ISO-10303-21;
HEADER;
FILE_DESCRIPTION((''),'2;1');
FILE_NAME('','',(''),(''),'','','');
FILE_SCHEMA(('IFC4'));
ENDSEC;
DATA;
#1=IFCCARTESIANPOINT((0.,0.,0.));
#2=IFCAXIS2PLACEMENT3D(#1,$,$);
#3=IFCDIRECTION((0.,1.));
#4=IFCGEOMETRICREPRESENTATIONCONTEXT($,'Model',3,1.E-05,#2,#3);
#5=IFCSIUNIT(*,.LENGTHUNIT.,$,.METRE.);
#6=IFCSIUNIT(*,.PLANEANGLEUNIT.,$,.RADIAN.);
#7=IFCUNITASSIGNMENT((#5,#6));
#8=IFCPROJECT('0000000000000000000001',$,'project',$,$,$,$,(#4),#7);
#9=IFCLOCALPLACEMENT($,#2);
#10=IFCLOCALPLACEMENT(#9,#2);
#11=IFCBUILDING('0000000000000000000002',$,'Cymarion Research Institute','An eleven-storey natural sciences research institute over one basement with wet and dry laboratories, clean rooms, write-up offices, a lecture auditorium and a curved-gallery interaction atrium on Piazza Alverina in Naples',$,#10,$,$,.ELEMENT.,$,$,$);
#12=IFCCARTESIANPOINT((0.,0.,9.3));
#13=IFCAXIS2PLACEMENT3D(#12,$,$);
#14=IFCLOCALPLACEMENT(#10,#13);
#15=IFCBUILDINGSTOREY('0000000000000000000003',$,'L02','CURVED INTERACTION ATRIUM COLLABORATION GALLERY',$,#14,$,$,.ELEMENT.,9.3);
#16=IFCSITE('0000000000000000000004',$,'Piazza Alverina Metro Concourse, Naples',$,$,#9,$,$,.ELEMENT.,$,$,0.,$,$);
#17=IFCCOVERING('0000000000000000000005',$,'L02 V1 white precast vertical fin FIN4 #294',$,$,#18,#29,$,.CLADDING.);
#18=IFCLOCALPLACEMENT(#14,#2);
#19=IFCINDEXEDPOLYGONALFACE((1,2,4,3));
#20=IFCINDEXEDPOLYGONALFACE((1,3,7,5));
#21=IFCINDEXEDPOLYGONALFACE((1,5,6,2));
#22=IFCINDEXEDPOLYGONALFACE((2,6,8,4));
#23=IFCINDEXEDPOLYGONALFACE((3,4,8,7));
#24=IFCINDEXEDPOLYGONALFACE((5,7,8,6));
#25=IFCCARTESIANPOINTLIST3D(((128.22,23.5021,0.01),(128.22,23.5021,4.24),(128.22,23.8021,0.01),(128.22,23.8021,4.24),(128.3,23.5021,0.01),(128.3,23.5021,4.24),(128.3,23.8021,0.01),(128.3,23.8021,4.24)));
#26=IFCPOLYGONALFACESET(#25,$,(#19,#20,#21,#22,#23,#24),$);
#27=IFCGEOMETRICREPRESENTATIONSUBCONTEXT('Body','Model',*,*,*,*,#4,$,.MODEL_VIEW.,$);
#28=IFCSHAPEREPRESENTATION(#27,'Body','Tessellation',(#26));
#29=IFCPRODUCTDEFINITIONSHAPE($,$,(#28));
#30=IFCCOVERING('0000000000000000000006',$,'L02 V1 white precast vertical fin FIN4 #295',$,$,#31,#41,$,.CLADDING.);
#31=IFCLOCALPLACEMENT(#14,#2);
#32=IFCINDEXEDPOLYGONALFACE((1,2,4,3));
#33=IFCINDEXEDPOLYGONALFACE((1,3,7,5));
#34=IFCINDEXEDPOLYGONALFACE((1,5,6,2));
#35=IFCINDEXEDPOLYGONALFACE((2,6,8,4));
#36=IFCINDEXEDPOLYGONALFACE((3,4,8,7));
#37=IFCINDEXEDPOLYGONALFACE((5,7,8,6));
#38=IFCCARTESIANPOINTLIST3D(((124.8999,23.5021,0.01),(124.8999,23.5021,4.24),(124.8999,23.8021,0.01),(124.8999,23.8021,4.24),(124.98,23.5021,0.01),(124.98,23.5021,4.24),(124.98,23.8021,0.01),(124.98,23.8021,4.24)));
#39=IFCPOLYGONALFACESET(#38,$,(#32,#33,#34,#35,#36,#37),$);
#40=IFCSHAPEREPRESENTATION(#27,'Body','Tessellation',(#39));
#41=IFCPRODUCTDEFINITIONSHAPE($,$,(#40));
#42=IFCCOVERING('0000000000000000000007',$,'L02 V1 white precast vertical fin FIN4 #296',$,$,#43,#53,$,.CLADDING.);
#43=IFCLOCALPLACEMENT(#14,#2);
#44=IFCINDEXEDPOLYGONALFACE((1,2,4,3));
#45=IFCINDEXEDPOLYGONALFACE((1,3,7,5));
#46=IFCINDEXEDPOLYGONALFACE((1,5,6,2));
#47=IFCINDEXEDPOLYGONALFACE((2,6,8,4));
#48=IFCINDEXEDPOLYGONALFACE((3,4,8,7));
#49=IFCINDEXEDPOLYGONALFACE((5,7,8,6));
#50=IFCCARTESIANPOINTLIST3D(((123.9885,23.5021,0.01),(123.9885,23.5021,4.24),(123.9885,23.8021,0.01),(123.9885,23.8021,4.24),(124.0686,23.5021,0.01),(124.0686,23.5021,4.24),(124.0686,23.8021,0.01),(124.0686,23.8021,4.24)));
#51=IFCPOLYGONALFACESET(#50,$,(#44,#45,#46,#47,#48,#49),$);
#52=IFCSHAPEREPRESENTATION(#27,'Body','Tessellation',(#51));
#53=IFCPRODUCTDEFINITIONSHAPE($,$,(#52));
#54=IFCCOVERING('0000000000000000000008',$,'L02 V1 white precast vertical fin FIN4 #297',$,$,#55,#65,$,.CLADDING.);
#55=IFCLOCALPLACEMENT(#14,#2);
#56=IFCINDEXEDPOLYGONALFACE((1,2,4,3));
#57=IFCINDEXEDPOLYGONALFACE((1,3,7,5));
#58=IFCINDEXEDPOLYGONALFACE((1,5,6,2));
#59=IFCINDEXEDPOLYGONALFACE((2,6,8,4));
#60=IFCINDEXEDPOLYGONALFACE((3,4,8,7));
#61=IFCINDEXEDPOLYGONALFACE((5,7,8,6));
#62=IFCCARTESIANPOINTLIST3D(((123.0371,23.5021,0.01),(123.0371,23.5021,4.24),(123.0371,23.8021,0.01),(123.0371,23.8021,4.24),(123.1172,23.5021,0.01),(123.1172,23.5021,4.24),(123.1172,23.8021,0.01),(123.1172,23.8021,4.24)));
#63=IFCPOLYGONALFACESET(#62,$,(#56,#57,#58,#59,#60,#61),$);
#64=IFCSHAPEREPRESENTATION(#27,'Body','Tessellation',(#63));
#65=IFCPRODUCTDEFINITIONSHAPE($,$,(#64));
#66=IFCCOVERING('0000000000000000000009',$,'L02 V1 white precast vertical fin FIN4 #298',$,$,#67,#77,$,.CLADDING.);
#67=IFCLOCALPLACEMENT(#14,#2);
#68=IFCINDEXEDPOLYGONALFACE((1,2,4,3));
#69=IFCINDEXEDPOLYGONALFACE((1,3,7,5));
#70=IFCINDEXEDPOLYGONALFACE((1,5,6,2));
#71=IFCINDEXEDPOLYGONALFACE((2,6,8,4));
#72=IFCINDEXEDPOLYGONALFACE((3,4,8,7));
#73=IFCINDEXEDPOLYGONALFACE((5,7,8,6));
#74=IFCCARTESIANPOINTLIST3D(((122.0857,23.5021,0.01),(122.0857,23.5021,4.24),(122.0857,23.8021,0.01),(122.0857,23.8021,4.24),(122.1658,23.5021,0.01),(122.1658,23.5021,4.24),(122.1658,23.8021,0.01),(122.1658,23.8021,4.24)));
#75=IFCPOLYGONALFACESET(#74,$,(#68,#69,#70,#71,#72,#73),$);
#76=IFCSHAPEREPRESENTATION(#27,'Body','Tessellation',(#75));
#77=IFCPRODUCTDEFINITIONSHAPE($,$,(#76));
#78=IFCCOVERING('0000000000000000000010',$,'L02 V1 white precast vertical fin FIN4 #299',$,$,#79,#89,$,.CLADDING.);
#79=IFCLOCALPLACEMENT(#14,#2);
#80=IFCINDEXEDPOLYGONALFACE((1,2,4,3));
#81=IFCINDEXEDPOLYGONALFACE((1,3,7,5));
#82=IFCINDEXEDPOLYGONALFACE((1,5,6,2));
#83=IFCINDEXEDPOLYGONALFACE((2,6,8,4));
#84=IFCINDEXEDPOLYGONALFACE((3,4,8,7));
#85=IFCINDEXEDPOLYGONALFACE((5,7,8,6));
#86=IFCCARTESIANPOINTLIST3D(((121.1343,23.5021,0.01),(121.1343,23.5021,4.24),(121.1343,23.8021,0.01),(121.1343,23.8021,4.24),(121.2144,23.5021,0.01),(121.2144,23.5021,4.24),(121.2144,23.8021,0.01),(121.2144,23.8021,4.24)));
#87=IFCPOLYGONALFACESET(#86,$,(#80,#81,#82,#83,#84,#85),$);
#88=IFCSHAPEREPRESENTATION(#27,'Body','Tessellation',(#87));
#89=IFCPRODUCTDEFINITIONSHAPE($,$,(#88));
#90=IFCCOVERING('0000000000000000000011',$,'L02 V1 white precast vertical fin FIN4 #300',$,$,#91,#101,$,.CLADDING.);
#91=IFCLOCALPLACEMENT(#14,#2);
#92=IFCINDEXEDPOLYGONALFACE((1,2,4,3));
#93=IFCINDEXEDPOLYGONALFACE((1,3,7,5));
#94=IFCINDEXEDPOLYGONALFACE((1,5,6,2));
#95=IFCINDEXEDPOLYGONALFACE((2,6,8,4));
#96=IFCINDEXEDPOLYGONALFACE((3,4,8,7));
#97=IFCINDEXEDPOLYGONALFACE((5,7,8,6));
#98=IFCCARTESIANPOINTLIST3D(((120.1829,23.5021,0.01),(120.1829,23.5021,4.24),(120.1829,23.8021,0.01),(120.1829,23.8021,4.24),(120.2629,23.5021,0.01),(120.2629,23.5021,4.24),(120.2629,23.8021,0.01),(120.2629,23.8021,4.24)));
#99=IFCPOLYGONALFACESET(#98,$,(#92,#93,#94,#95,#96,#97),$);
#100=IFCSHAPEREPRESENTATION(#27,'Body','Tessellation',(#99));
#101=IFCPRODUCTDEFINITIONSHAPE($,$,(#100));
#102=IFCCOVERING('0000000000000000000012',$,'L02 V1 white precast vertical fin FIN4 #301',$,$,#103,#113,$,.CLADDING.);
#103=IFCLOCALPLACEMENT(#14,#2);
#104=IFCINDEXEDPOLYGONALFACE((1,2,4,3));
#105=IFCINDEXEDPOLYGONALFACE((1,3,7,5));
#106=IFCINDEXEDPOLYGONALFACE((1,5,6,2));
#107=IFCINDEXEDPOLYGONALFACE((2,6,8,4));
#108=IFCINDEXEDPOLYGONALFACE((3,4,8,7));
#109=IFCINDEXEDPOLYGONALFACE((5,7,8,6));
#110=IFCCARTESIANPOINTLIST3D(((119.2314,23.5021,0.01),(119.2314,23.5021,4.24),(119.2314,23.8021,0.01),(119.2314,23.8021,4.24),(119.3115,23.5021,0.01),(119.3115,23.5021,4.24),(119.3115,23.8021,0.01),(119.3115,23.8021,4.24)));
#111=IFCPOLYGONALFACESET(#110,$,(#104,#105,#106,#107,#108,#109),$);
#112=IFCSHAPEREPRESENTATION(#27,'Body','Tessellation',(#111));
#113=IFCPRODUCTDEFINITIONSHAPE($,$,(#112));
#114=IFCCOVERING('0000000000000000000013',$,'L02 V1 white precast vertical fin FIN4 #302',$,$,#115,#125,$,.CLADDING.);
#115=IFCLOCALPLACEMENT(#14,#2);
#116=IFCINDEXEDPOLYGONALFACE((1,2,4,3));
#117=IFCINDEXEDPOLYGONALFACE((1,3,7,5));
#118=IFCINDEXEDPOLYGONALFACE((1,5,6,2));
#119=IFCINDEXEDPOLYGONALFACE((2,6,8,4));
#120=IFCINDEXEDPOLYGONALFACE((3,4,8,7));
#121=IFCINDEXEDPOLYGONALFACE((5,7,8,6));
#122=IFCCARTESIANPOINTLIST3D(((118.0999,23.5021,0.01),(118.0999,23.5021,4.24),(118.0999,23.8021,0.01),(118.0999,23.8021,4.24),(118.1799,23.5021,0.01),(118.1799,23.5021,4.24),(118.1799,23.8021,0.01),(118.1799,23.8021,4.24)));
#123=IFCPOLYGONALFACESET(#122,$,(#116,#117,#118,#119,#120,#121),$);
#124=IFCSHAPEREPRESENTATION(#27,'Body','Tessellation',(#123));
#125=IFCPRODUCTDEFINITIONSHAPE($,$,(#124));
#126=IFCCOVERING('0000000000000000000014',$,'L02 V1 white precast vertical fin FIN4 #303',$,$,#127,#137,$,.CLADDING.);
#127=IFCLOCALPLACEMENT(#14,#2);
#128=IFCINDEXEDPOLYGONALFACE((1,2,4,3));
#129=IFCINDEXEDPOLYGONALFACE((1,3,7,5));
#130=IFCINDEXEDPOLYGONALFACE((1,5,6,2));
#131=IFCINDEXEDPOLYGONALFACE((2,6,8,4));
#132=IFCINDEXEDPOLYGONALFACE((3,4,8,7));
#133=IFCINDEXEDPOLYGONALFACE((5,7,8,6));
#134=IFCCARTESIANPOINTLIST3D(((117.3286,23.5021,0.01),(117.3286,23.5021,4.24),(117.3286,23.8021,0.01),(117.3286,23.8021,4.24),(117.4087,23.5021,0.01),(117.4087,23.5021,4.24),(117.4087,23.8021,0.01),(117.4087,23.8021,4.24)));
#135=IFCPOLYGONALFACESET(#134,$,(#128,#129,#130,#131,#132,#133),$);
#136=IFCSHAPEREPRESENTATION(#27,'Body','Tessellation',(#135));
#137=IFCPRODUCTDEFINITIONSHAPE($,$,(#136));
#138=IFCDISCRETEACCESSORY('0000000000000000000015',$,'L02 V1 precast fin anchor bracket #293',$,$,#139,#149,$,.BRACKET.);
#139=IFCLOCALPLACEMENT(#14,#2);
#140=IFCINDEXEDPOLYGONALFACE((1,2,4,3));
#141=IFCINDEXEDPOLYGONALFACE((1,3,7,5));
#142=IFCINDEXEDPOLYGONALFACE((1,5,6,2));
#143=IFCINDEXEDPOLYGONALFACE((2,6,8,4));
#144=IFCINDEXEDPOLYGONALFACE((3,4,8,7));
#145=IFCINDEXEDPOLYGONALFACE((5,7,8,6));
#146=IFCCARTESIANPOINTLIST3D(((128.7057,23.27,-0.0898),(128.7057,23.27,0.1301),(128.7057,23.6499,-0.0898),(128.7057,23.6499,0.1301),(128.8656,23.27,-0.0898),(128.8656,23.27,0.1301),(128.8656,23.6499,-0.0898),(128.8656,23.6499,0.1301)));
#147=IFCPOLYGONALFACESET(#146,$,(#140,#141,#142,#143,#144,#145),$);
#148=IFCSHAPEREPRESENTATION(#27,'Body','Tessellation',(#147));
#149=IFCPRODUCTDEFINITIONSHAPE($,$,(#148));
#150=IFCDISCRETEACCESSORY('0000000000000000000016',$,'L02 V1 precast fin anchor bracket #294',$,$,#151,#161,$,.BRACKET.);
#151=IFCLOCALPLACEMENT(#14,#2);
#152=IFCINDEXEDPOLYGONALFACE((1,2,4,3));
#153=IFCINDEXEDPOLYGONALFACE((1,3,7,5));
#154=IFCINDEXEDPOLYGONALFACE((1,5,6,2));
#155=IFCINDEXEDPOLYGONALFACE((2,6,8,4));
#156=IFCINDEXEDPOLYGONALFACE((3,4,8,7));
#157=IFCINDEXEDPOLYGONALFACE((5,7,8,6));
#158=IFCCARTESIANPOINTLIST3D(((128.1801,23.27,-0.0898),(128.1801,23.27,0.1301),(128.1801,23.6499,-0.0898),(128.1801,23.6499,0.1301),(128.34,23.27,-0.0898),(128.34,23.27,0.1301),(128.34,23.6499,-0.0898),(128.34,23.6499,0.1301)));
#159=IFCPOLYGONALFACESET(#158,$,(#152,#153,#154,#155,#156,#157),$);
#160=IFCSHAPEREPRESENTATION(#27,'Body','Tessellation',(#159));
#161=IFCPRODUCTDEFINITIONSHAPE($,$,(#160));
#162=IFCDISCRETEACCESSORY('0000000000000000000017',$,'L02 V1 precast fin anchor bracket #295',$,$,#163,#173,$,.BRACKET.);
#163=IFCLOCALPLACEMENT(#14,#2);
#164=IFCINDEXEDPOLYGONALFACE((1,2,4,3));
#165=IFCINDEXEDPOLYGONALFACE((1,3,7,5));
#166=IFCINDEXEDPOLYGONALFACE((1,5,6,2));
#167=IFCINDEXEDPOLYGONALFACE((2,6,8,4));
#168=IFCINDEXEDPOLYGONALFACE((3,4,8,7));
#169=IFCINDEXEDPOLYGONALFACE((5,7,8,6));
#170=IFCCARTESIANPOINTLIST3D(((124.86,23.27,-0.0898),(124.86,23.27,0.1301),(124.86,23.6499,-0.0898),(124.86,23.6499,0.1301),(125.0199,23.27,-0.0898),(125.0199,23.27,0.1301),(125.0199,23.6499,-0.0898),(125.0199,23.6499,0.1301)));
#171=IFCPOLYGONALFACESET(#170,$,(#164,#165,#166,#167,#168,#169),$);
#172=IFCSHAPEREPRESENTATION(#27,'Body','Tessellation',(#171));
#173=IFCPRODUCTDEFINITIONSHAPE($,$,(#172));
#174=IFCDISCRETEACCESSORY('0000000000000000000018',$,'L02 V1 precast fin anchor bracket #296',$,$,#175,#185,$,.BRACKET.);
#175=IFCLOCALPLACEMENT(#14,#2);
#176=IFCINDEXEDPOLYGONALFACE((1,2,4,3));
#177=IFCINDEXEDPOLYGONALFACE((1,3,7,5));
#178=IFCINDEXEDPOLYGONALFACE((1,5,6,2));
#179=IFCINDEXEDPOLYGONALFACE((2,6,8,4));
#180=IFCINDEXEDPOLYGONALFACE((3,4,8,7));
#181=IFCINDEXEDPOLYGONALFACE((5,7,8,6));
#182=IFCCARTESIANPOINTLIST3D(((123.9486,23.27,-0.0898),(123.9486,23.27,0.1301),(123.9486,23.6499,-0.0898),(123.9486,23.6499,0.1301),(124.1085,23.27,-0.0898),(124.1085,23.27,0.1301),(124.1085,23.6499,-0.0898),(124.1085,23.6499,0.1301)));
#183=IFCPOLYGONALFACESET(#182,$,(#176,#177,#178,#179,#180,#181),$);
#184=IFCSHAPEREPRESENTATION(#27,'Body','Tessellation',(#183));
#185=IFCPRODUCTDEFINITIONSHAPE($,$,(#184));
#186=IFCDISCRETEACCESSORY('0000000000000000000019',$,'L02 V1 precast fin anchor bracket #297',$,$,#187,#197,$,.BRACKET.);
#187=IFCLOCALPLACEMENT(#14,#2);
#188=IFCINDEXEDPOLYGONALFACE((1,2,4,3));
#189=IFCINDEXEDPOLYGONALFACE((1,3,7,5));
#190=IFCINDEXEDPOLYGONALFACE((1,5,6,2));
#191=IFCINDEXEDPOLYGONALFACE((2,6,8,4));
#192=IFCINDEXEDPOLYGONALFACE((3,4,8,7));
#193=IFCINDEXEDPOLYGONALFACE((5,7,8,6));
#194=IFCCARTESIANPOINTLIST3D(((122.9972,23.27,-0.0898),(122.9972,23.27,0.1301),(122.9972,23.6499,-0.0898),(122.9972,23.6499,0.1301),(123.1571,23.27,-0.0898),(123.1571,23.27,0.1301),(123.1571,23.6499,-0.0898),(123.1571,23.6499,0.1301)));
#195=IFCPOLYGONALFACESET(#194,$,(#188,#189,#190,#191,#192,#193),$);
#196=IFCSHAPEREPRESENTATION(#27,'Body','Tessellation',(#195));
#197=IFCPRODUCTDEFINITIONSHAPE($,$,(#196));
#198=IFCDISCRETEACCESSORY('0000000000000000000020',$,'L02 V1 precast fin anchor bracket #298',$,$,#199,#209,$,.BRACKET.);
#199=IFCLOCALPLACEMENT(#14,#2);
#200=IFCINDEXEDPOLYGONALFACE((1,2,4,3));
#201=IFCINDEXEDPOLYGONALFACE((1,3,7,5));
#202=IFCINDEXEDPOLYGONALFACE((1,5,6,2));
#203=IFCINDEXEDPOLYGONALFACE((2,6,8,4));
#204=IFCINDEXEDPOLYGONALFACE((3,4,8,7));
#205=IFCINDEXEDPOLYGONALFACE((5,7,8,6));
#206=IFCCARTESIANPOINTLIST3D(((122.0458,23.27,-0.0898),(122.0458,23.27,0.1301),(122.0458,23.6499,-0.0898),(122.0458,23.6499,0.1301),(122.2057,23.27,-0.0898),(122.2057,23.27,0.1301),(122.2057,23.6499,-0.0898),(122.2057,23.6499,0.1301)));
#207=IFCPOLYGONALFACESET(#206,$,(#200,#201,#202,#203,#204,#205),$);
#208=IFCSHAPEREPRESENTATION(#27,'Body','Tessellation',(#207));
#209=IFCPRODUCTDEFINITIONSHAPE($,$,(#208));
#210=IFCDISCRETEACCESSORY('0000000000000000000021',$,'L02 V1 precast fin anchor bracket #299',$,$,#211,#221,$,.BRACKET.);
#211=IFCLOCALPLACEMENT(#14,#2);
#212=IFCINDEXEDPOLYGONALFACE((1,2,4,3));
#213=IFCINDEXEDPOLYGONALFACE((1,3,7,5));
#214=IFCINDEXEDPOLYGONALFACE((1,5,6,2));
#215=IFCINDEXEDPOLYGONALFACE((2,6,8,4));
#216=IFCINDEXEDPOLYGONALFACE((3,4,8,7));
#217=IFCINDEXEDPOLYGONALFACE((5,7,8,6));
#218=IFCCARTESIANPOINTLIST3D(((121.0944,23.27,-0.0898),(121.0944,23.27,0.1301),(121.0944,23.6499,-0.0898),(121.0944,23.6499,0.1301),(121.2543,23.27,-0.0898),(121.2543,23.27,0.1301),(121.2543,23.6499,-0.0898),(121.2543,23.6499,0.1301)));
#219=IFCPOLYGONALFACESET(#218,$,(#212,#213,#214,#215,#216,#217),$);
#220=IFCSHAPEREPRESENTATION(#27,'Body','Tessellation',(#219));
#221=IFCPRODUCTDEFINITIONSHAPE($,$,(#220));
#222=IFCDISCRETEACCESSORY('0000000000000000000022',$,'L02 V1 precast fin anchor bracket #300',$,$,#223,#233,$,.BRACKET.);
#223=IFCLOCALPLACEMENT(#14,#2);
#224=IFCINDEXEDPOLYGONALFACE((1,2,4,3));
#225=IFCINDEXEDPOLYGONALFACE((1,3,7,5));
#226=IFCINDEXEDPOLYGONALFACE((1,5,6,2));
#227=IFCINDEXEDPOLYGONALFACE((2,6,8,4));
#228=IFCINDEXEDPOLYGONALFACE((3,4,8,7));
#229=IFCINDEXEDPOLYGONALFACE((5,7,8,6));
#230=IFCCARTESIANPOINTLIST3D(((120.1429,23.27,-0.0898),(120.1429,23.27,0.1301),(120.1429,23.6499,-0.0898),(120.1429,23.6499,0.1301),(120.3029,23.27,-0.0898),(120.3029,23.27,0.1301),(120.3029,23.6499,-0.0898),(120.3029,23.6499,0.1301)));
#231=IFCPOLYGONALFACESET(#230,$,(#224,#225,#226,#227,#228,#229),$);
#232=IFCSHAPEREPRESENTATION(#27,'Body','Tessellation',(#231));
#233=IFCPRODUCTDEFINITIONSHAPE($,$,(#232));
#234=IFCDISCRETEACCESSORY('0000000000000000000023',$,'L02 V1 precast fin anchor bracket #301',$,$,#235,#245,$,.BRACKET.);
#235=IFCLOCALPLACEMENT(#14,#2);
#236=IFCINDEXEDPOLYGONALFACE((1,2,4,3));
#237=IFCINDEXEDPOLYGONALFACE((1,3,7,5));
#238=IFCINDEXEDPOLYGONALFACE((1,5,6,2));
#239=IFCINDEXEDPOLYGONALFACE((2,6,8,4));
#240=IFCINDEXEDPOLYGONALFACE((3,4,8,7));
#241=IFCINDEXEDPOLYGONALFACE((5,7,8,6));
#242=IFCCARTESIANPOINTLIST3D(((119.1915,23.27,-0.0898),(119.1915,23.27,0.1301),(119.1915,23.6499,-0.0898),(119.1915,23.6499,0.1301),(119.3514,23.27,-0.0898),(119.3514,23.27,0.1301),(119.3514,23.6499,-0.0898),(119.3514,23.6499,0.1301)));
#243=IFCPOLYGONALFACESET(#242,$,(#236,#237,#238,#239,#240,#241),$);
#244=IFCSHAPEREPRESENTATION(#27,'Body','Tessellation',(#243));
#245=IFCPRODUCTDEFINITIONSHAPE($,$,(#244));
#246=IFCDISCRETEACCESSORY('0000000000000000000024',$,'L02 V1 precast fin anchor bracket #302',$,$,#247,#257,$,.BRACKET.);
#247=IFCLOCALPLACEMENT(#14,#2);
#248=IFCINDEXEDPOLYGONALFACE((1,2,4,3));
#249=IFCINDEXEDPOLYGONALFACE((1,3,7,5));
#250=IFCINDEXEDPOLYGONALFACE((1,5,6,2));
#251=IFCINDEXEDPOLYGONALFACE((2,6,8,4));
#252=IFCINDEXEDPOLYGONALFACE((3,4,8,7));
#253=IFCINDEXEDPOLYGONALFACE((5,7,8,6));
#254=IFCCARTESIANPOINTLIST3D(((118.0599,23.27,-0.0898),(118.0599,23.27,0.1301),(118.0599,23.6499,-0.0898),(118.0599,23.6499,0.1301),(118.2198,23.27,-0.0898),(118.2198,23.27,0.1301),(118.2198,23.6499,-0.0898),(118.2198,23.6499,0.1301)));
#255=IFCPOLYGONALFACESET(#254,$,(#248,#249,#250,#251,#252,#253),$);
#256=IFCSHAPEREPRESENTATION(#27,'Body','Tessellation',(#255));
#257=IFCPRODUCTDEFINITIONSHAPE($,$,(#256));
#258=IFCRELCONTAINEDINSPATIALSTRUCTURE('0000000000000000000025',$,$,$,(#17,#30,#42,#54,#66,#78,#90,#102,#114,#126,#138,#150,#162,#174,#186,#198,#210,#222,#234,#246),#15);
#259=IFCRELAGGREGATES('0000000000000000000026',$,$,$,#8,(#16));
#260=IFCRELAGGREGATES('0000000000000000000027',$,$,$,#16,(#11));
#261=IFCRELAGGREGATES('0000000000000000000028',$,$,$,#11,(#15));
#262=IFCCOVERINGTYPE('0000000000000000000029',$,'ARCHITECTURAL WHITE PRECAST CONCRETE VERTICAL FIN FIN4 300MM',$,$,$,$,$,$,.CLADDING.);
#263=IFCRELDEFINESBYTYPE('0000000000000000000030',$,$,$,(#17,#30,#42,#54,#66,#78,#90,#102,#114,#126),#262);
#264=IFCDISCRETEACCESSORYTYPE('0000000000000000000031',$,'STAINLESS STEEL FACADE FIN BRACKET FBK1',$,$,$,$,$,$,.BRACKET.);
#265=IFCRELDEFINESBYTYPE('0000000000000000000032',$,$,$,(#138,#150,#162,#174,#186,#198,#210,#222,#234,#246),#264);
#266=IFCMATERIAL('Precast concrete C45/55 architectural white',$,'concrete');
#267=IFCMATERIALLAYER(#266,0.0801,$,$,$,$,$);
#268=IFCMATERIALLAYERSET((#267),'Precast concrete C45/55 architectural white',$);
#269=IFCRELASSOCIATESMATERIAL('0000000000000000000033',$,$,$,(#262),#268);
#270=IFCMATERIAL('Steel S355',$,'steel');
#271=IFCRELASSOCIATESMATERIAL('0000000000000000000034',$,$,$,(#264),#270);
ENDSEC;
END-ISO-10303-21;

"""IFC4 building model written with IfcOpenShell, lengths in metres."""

from ifc_helpers import new_model, si_unit, direction, frame, origin, origin_2d, place, context, subcontext, project, spatial, rectangle, extrude, material, layer, layer_set, type_object, element, save


model = new_model("IFC4")

# Units and contexts
model_context = context("Model", 3, precision=1e-05, world=origin(), true_north=direction((0.0, 1.0)))
body_context = subcontext(model_context, "Body", "Model", "MODEL_VIEW")
ifc_project = project(units=[si_unit("LENGTHUNIT", "METRE"), si_unit("PLANEANGLEUNIT", "RADIAN")], contexts=[model_context])

# Site, building, storey
site_placement = place(None, origin())
site = spatial("IfcSite", under=ifc_project, at=site_placement, Name="Piazza Alverina Metro Concourse, Naples", CompositionType="ELEMENT", RefElevation=0.0)
building_placement = place(site_placement, origin())
building = spatial("IfcBuilding", under=site, at=building_placement, Name="Cymarion Research Institute", Description="An eleven-storey natural sciences research institute over one basement with wet and dry laboratories, clean rooms, write-up offices, a lecture auditorium and a curved-gallery interaction atrium on Piazza Alverina in Naples", CompositionType="ELEMENT")
storey_placement = place(building_placement, frame((0.0, 0.0, 9.3)))
storey = spatial("IfcBuildingStorey", under=building, at=storey_placement, Name="L02", Description="CURVED INTERACTION ATRIUM COLLABORATION GALLERY", CompositionType="ELEMENT", Elevation=9.3)

# Shared definitions
ifc_material_1 = material(Name="Steel S355", Category="steel")

# Coverings
ifc_material_2 = material(Name="Precast concrete C45/55 architectural white", Category="concrete")
ifc_layer = layer(ifc_material_2, 0.0801)
ifc_layer_set = layer_set([ifc_layer], Name="Precast concrete C45/55 architectural white")
covering_type = type_object("IfcCoveringType", Name="ARCHITECTURAL WHITE PRECAST CONCRETE VERTICAL FIN FIN4 300MM", PredefinedType="CLADDING", material=ifc_layer_set)
for number, where, z_axis, x_axis, name in (
    (1, (128.26, 23.6521, 0.01), (0.0, 0.0, 1.0), (0.0, 1.0, 0.0), "L02 V1 white precast vertical fin FIN4 #294"),
    (2, (124.9399, 23.6521, 0.01), (0.0, 0.0, 1.0), (0.0, 1.0, 0.0), "L02 V1 white precast vertical fin FIN4 #295"),
    (3, (124.0286, 23.6521, 0.01), (0.0, 0.0, 1.0), (0.0, 1.0, 0.0), "L02 V1 white precast vertical fin FIN4 #296"),
    (4, (123.0771, 23.6521, 0.01), (0.0, 0.0, 1.0), (0.0, 1.0, 0.0), "L02 V1 white precast vertical fin FIN4 #297"),
    (5, (122.1257, 23.6521, 0.01), (0.0, 0.0, 1.0), (0.0, 1.0, 0.0), "L02 V1 white precast vertical fin FIN4 #298"),
    (6, (121.1743, 23.6521, 0.01), (0.0, 0.0, 1.0), (0.0, 1.0, 0.0), "L02 V1 white precast vertical fin FIN4 #299"),
    (7, (120.2229, 23.6521, 0.01), (0.0, 0.0, 1.0), (0.0, 1.0, 0.0), "L02 V1 white precast vertical fin FIN4 #300"),
    (8, (119.2715, 23.6521, 0.01), (0.0, 0.0, 1.0), (0.0, 1.0, 0.0), "L02 V1 white precast vertical fin FIN4 #301"),
    (9, (118.1399, 23.6521, 0.01), (0.0, 0.0, 1.0), (0.0, 1.0, 0.0), "L02 V1 white precast vertical fin FIN4 #302"),
    (10, (117.3687, 23.6521, 0.01), (0.0, 0.0, 1.0), (0.0, 1.0, 0.0), "L02 V1 white precast vertical fin FIN4 #303"),
):
    element("IfcCovering", number, at=place(storey_placement, frame(where, z_axis=z_axis, x_axis=x_axis)), inside=storey, type_object=covering_type, Name=name, PredefinedType="CLADDING", context=body_context, shape_type="SweptSolid", body=[
        extrude(rectangle(XDim=0.3, YDim=0.0801, at=origin_2d()), origin(), (0.0, 0.0, 1.0), 4.23),
    ])

# Discrete accessories
discrete_accessory_type = type_object("IfcDiscreteAccessoryType", Name="STAINLESS STEEL FACADE FIN BRACKET FBK1", PredefinedType="BRACKET", material=ifc_material_1)
for number, where, z_axis, x_axis, name in (
    (11, (128.7856, 23.46, -0.0898), (0.0, 0.0, 1.0), (0.0, 1.0, 0.0), "L02 V1 precast fin anchor bracket #293"),
    (12, (128.26, 23.46, -0.0898), (0.0, 0.0, 1.0), (0.0, 1.0, 0.0), "L02 V1 precast fin anchor bracket #294"),
    (13, (124.9399, 23.46, -0.0898), (0.0, 0.0, 1.0), (0.0, 1.0, 0.0), "L02 V1 precast fin anchor bracket #295"),
    (14, (124.0286, 23.46, -0.0898), (0.0, 0.0, 1.0), (0.0, 1.0, 0.0), "L02 V1 precast fin anchor bracket #296"),
    (15, (123.0771, 23.46, -0.0898), (0.0, 0.0, 1.0), (0.0, 1.0, 0.0), "L02 V1 precast fin anchor bracket #297"),
    (16, (122.1257, 23.46, -0.0898), (0.0, 0.0, 1.0), (0.0, 1.0, 0.0), "L02 V1 precast fin anchor bracket #298"),
    (17, (121.1743, 23.46, -0.0898), (0.0, 0.0, 1.0), (0.0, 1.0, 0.0), "L02 V1 precast fin anchor bracket #299"),
    (18, (120.2229, 23.46, -0.0898), (0.0, 0.0, 1.0), (0.0, 1.0, 0.0), "L02 V1 precast fin anchor bracket #300"),
    (19, (119.2715, 23.46, -0.0898), (0.0, 0.0, 1.0), (0.0, 1.0, 0.0), "L02 V1 precast fin anchor bracket #301"),
    (20, (118.1399, 23.46, -0.0898), (0.0, 0.0, 1.0), (0.0, 1.0, 0.0), "L02 V1 precast fin anchor bracket #302"),
):
    element("IfcDiscreteAccessory", number, at=place(storey_placement, frame(where, z_axis=z_axis, x_axis=x_axis)), inside=storey, type_object=discrete_accessory_type, Name=name, PredefinedType="BRACKET", context=body_context, shape_type="SweptSolid", body=[
        extrude(rectangle(XDim=0.3799, YDim=0.1599, at=origin_2d()), origin(), (0.0, 0.0, 1.0), 0.22),
    ])

save(model, "model.ifc")
